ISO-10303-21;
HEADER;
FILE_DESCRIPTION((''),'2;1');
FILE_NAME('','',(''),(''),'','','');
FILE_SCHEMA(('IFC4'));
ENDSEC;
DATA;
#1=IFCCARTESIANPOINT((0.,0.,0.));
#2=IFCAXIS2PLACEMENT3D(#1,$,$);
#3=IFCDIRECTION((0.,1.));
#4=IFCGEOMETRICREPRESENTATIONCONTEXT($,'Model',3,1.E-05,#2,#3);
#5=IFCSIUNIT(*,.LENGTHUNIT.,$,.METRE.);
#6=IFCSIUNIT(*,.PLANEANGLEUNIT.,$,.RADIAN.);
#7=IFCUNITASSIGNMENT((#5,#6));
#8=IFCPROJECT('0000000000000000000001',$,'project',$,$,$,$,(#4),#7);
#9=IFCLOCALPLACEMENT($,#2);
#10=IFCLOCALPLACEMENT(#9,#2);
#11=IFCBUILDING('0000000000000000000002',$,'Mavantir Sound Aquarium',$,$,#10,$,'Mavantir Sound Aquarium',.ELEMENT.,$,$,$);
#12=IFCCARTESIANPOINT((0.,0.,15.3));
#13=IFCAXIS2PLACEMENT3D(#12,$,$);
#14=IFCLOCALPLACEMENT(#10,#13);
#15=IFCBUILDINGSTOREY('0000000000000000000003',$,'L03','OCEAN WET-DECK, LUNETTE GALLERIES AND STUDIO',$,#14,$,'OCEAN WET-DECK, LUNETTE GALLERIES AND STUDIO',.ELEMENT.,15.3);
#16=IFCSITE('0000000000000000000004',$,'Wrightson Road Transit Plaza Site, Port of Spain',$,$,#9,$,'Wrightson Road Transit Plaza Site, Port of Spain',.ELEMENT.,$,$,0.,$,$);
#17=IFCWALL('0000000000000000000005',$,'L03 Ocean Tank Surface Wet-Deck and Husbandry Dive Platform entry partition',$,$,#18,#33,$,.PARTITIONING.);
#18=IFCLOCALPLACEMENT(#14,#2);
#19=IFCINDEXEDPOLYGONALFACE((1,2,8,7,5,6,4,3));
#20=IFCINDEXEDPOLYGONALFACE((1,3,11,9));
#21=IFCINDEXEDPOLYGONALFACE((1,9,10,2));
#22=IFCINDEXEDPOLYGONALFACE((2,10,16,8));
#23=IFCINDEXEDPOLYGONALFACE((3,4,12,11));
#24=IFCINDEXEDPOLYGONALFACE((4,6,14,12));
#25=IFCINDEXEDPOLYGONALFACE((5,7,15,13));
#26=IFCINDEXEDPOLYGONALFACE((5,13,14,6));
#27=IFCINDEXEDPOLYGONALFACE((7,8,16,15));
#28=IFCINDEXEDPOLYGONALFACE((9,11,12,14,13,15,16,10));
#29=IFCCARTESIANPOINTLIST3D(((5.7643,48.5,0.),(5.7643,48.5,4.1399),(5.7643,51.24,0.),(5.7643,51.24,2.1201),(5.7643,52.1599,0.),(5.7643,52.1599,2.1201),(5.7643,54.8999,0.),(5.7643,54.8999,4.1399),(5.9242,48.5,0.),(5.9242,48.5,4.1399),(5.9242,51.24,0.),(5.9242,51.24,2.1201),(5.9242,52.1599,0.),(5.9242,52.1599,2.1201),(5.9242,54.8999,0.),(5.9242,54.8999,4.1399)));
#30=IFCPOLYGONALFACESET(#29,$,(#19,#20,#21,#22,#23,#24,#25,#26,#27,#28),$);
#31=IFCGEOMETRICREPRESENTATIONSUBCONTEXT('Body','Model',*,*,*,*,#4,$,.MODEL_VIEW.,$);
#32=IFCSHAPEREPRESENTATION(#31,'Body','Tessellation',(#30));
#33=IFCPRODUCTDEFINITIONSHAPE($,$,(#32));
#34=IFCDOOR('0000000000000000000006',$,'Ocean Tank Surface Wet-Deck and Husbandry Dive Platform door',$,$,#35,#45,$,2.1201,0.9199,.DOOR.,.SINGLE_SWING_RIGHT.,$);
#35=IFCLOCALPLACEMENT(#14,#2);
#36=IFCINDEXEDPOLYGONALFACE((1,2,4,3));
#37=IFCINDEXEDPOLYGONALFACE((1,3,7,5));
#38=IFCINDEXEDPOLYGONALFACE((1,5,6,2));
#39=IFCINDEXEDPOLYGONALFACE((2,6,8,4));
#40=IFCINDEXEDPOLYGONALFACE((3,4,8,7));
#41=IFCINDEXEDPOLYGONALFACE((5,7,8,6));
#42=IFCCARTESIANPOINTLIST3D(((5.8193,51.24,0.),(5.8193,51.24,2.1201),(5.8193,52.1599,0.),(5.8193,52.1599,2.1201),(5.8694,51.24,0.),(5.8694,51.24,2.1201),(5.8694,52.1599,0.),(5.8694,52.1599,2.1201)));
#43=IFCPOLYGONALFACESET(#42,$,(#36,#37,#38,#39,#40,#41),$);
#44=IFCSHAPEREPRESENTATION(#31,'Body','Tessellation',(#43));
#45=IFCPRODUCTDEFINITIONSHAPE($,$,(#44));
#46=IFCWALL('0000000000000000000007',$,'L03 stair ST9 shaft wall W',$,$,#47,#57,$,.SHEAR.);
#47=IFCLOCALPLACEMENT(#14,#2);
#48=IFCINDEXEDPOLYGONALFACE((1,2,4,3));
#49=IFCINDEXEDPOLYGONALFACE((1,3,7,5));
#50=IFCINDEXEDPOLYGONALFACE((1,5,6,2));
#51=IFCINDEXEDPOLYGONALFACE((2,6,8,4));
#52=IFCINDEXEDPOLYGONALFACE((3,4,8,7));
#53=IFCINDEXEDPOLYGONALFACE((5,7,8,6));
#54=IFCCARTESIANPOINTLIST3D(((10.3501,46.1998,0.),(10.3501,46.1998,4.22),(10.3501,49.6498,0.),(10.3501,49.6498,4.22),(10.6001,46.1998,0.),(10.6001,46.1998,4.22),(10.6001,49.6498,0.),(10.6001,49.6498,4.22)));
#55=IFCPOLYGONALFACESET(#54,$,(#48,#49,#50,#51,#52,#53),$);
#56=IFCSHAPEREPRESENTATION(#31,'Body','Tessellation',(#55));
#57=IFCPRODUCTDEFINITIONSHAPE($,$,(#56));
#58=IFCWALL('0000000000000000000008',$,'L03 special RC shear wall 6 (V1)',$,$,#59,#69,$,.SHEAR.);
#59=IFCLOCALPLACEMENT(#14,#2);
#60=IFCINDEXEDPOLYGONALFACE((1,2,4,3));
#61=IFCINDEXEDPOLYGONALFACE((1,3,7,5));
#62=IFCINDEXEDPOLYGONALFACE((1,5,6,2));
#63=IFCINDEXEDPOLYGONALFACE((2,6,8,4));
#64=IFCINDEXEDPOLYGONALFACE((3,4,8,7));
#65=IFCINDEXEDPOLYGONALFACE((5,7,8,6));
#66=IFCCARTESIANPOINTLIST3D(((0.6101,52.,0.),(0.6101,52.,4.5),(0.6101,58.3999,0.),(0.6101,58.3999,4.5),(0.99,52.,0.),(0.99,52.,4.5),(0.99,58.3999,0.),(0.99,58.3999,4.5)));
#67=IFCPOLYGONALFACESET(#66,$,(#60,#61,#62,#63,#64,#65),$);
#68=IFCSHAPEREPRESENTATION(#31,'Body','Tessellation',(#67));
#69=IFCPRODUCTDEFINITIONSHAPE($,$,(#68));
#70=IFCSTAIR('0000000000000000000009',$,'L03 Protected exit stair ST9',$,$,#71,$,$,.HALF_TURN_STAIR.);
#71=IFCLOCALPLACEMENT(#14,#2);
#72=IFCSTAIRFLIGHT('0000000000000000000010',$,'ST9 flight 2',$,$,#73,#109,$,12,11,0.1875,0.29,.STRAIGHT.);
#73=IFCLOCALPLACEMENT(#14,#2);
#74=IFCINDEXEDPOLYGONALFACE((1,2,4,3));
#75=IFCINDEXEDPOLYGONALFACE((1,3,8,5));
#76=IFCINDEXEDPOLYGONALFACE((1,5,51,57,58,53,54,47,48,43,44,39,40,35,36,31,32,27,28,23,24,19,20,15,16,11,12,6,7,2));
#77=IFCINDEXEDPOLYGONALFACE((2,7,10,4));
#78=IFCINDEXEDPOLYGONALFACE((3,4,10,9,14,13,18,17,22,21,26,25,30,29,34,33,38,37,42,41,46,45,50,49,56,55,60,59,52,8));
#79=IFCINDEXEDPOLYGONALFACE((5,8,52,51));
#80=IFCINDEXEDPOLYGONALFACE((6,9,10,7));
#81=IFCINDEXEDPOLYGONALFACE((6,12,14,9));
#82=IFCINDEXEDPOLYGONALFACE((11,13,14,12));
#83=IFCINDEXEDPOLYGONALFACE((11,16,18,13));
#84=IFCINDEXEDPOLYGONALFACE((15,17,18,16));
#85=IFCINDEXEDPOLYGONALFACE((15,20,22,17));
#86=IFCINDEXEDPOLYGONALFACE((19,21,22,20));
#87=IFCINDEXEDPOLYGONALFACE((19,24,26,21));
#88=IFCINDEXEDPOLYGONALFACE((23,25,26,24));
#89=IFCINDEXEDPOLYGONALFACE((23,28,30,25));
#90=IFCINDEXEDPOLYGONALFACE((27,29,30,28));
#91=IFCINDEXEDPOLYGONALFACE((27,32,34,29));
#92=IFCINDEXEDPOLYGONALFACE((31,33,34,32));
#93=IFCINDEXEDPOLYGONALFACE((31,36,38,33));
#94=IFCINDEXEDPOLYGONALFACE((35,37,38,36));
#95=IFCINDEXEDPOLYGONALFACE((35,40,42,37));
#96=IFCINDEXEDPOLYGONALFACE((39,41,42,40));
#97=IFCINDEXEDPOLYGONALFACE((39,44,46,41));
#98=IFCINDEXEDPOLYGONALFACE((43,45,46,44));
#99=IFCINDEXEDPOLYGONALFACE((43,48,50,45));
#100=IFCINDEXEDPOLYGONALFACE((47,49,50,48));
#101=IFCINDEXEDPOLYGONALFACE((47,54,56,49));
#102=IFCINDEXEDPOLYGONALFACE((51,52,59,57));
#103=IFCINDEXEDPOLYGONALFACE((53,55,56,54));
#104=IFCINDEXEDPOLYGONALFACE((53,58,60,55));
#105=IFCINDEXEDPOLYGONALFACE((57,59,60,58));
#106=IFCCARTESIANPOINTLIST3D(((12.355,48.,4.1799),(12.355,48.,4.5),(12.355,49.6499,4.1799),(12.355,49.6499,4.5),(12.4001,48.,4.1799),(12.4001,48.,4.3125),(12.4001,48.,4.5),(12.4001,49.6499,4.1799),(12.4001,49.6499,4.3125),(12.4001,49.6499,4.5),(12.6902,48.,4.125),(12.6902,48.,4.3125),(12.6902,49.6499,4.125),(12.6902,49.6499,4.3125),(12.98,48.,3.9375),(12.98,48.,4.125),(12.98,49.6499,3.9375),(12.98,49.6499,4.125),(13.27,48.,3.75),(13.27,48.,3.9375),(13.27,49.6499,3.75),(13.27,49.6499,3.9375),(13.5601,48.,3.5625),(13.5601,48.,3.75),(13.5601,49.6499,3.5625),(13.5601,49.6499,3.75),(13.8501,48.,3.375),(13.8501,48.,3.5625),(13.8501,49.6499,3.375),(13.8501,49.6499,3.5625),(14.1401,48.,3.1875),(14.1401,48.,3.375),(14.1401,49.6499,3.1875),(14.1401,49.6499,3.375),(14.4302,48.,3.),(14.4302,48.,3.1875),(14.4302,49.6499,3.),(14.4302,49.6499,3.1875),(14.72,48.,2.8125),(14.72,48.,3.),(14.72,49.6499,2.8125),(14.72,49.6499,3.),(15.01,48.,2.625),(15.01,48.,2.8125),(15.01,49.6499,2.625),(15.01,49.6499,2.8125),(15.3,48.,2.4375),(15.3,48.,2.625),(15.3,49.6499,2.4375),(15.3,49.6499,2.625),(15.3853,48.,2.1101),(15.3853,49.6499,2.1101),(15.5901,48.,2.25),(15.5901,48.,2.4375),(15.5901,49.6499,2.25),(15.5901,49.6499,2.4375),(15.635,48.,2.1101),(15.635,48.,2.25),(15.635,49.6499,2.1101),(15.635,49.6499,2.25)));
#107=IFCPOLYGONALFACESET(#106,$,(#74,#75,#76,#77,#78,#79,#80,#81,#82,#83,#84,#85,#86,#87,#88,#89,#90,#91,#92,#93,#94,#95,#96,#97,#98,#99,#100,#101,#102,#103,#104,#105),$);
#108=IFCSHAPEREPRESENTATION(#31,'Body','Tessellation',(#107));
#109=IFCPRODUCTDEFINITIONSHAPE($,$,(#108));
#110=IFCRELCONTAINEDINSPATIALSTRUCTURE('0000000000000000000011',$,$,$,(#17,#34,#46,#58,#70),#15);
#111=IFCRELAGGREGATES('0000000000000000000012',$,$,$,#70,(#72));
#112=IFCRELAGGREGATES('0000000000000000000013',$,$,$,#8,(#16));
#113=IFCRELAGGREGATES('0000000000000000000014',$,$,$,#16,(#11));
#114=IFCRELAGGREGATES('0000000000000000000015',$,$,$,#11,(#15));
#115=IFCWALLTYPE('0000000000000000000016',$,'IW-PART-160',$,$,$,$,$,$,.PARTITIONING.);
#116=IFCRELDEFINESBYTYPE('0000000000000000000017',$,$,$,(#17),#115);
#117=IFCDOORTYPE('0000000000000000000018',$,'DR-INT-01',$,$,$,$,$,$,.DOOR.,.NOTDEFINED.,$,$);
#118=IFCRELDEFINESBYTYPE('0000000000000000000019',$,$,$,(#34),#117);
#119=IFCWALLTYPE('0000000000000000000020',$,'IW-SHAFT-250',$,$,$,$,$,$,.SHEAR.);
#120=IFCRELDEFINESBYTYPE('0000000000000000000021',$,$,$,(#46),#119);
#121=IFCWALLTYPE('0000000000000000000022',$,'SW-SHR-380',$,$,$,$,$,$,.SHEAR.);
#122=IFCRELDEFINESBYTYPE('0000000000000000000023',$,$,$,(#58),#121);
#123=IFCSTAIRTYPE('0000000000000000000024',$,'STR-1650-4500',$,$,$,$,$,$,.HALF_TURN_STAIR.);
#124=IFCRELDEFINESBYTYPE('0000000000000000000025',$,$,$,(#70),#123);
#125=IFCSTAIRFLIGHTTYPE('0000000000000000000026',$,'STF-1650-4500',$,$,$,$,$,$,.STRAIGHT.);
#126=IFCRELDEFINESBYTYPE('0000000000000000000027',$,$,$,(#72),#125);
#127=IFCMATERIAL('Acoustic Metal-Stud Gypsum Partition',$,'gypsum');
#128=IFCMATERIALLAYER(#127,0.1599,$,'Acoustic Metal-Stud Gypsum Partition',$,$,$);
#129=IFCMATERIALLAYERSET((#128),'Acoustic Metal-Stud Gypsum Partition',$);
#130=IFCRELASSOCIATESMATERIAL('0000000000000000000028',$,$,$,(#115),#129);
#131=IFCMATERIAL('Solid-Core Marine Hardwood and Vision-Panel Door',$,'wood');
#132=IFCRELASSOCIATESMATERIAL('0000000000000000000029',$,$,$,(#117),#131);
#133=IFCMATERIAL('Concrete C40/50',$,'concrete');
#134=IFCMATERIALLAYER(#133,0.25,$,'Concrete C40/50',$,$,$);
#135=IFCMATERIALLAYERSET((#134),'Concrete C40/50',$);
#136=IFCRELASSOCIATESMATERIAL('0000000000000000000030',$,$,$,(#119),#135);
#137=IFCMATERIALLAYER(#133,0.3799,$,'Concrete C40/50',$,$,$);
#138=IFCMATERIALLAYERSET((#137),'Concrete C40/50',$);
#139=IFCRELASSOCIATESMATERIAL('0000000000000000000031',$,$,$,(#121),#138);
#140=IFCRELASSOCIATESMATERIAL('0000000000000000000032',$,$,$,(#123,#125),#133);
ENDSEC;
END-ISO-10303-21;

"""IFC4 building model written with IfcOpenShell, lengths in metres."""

from ifc_helpers import new_model, si_unit, direction, frame, frame_2d, origin, place, context, subcontext, project, spatial, polyline, rectangle, outline, extrude, material, layer, layer_set, type_object, element, fill, aggregate, save


model = new_model("IFC4")

# Units and contexts
model_context = context("Model", 3, precision=1e-05, world=origin(), true_north=direction((0.0, 1.0)))
body_context = subcontext(model_context, "Body", "Model", "MODEL_VIEW")
ifc_project = project(units=[si_unit("LENGTHUNIT", "METRE"), si_unit("PLANEANGLEUNIT", "RADIAN")], contexts=[model_context])

# Site, building, storey
site_placement = place(None, origin())
site = spatial("IfcSite", under=ifc_project, at=site_placement, Name="Wrightson Road Transit Plaza Site, Port of Spain", LongName="Wrightson Road Transit Plaza Site, Port of Spain", CompositionType="ELEMENT", RefElevation=0.0)
building_placement = place(site_placement, origin())
building = spatial("IfcBuilding", under=site, at=building_placement, Name="Mavantir Sound Aquarium", LongName="Mavantir Sound Aquarium", CompositionType="ELEMENT")
storey_placement = place(building_placement, frame((0.0, 0.0, 15.3)))
storey = spatial("IfcBuildingStorey", under=building, at=storey_placement, Name="L03", Description="OCEAN WET-DECK, LUNETTE GALLERIES AND STUDIO", LongName="OCEAN WET-DECK, LUNETTE GALLERIES AND STUDIO", CompositionType="ELEMENT", Elevation=15.3)

# Shared definitions
ifc_material_1 = material(Name="Concrete C40/50", Category="concrete")

# Shared definitions
ifc_material_2 = material(Name="Acoustic Metal-Stud Gypsum Partition", Category="gypsum")
ifc_layer_1 = layer(ifc_material_2, 0.1599, Name="Acoustic Metal-Stud Gypsum Partition")
ifc_layer_set_1 = layer_set([ifc_layer_1], Name="Acoustic Metal-Stud Gypsum Partition")
wall_type_1 = type_object("IfcWallType", Name="IW-PART-160", PredefinedType="PARTITIONING", material=ifc_layer_set_1)

# Shared definitions
ifc_material_3 = material(Name="Solid-Core Marine Hardwood and Vision-Panel Door", Category="wood")
door_type = type_object("IfcDoorType", Name="DR-INT-01", OperationType="NOTDEFINED", PredefinedType="DOOR", material=ifc_material_3)

# Wall, opening, door
wall_1_placement = place(storey_placement, frame((5.8442, 48.5, 0.0), z_axis=(0.0, 0.0, 1.0), x_axis=(0.0, 1.0, 0.0)))
wall_1 = element("IfcWall", 1, at=wall_1_placement, inside=storey, type_object=wall_type_1, Name="L03 Ocean Tank Surface Wet-Deck and Husbandry Dive Platform entry partition", PredefinedType="PARTITIONING", context=body_context, shape_type="SweptSolid", body=[
    extrude(rectangle(XDim=6.3999, YDim=0.1599, at=frame_2d((3.2, 0.0))), origin(), (0.0, 0.0, 1.0), 4.1399),
])
opening_1_placement = place(wall_1_placement, frame((2.74, 0.0, 0.0)))
opening_1 = element("IfcOpeningElement", 2, at=opening_1_placement, cuts=wall_1, PredefinedType="OPENING", context=body_context, shape_type="SweptSolid", body=[
    extrude(rectangle(XDim=0.9199, YDim=2.1201, at=frame_2d((0.46, 1.0601))), frame((0.0, 0.0898, 0.0), z_axis=(0.0, -1.0, 0.0), x_axis=(1.0, 0.0, 0.0)), (0.0, 0.0, 1.0), 0.1799),
])
door_1_placement = place(opening_1_placement, origin())
door_1 = element("IfcDoor", 3, at=door_1_placement, inside=storey, type_object=door_type, Name="Ocean Tank Surface Wet-Deck and Husbandry Dive Platform door", OperationType="SINGLE_SWING_RIGHT", OverallHeight=2.1201, OverallWidth=0.9199, PredefinedType="DOOR", context=body_context, shape_type="SweptSolid", body=[
    extrude(rectangle(XDim=0.9199, YDim=2.1201, at=frame_2d((0.46, 1.0601))), frame((0.0, 0.0249, 0.0), z_axis=(0.0, -1.0, 0.0), x_axis=(1.0, 0.0, 0.0)), (0.0, 0.0, 1.0), 0.05),
])
fill(opening_1, door_1)

# Walls
ifc_layer_2 = layer(ifc_material_1, 0.25, Name="Concrete C40/50")
ifc_layer_set_2 = layer_set([ifc_layer_2], Name="Concrete C40/50")
wall_type_2 = type_object("IfcWallType", Name="IW-SHAFT-250", PredefinedType="SHEAR", material=ifc_layer_set_2)
wall_2_placement = place(storey_placement, frame((10.4751, 49.6499, 0.0), z_axis=(0.0, 0.0, 1.0), x_axis=(0.0, -1.0, 0.0)))
element("IfcWall", 4, at=wall_2_placement, inside=storey, type_object=wall_type_2, Name="L03 stair ST9 shaft wall W", PredefinedType="SHEAR", context=body_context, shape_type="SweptSolid", body=[
    extrude(rectangle(XDim=3.45, YDim=0.25, at=frame_2d((1.7251, 0.0))), origin(), (0.0, 0.0, 1.0), 4.22),
])
ifc_layer_3 = layer(ifc_material_1, 0.3799, Name="Concrete C40/50")
ifc_layer_set_3 = layer_set([ifc_layer_3], Name="Concrete C40/50")
wall_type_3 = type_object("IfcWallType", Name="SW-SHR-380", PredefinedType="SHEAR", material=ifc_layer_set_3)
wall_3_placement = place(storey_placement, frame((0.8, 52.0, 0.0), z_axis=(0.0, 0.0, 1.0), x_axis=(0.0, 1.0, 0.0)))
element("IfcWall", 5, at=wall_3_placement, inside=storey, type_object=wall_type_3, Name="L03 special RC shear wall 6 (V1)", PredefinedType="SHEAR", context=body_context, shape_type="SweptSolid", body=[
    extrude(rectangle(XDim=6.3999, YDim=0.3799, at=frame_2d((3.2, 0.0))), origin(), (0.0, 0.0, 1.0), 4.5),
])

# Stair, stair flight
stair_type = type_object("IfcStairType", Name="STR-1650-4500", PredefinedType="HALF_TURN_STAIR", material=ifc_material_1)
stair_placement = place(storey_placement, origin())
stair = element("IfcStair", 6, at=stair_placement, inside=storey, type_object=stair_type, Name="L03 Protected exit stair ST9", PredefinedType="HALF_TURN_STAIR")
stair_flight_type = type_object("IfcStairFlightType", Name="STF-1650-4500", PredefinedType="STRAIGHT", material=ifc_material_1)
stair_flight_placement = place(storey_placement, frame((15.5901, 48.825, 2.25), z_axis=(0.0, 0.0, 1.0), x_axis=(-1.0, 0.0, 0.0)))
stair_flight = element("IfcStairFlight", 7, at=stair_flight_placement, type_object=stair_flight_type, Name="ST9 flight 2", NumberOfRisers=12, NumberOfTreads=11, PredefinedType="STRAIGHT", RiserHeight=0.1875, TreadLength=0.29, context=body_context, shape_type="SweptSolid", body=[
    extrude(outline(polyline([(-0.0449, -0.1399), (-0.0449, 0.0), (0.0, 0.0), (0.0, 0.1875), (0.29, 0.1875), (0.29, 0.375), (0.5801, 0.375), (0.5801, 0.5625), (0.8701, 0.5625), (0.8701, 0.75), (1.1599, 0.75), (1.1599, 0.9375), (1.45, 0.9375), (1.45, 1.125), (1.74, 1.125), (1.74, 1.3125), (2.03, 1.3125), (2.03, 1.5), (2.3201, 1.5), (2.3201, 1.6875), (2.6101, 1.6875), (2.6101, 1.875), (2.8999, 1.875), (2.8999, 2.0625), (3.1899, 2.0625), (3.1899, 2.25), (3.2351, 2.25), (3.2351, 1.9299), (3.1899, 1.9299), (0.2048, -0.1399), (-0.0449, -0.1399)])), frame((0.0, 0.825, 0.0), z_axis=(0.0, -1.0, 0.0), x_axis=(1.0, 0.0, 0.0)), (0.0, 0.0, 1.0), 1.6499),
])
aggregate(stair, [stair_flight])

save(model, "model.ifc")
